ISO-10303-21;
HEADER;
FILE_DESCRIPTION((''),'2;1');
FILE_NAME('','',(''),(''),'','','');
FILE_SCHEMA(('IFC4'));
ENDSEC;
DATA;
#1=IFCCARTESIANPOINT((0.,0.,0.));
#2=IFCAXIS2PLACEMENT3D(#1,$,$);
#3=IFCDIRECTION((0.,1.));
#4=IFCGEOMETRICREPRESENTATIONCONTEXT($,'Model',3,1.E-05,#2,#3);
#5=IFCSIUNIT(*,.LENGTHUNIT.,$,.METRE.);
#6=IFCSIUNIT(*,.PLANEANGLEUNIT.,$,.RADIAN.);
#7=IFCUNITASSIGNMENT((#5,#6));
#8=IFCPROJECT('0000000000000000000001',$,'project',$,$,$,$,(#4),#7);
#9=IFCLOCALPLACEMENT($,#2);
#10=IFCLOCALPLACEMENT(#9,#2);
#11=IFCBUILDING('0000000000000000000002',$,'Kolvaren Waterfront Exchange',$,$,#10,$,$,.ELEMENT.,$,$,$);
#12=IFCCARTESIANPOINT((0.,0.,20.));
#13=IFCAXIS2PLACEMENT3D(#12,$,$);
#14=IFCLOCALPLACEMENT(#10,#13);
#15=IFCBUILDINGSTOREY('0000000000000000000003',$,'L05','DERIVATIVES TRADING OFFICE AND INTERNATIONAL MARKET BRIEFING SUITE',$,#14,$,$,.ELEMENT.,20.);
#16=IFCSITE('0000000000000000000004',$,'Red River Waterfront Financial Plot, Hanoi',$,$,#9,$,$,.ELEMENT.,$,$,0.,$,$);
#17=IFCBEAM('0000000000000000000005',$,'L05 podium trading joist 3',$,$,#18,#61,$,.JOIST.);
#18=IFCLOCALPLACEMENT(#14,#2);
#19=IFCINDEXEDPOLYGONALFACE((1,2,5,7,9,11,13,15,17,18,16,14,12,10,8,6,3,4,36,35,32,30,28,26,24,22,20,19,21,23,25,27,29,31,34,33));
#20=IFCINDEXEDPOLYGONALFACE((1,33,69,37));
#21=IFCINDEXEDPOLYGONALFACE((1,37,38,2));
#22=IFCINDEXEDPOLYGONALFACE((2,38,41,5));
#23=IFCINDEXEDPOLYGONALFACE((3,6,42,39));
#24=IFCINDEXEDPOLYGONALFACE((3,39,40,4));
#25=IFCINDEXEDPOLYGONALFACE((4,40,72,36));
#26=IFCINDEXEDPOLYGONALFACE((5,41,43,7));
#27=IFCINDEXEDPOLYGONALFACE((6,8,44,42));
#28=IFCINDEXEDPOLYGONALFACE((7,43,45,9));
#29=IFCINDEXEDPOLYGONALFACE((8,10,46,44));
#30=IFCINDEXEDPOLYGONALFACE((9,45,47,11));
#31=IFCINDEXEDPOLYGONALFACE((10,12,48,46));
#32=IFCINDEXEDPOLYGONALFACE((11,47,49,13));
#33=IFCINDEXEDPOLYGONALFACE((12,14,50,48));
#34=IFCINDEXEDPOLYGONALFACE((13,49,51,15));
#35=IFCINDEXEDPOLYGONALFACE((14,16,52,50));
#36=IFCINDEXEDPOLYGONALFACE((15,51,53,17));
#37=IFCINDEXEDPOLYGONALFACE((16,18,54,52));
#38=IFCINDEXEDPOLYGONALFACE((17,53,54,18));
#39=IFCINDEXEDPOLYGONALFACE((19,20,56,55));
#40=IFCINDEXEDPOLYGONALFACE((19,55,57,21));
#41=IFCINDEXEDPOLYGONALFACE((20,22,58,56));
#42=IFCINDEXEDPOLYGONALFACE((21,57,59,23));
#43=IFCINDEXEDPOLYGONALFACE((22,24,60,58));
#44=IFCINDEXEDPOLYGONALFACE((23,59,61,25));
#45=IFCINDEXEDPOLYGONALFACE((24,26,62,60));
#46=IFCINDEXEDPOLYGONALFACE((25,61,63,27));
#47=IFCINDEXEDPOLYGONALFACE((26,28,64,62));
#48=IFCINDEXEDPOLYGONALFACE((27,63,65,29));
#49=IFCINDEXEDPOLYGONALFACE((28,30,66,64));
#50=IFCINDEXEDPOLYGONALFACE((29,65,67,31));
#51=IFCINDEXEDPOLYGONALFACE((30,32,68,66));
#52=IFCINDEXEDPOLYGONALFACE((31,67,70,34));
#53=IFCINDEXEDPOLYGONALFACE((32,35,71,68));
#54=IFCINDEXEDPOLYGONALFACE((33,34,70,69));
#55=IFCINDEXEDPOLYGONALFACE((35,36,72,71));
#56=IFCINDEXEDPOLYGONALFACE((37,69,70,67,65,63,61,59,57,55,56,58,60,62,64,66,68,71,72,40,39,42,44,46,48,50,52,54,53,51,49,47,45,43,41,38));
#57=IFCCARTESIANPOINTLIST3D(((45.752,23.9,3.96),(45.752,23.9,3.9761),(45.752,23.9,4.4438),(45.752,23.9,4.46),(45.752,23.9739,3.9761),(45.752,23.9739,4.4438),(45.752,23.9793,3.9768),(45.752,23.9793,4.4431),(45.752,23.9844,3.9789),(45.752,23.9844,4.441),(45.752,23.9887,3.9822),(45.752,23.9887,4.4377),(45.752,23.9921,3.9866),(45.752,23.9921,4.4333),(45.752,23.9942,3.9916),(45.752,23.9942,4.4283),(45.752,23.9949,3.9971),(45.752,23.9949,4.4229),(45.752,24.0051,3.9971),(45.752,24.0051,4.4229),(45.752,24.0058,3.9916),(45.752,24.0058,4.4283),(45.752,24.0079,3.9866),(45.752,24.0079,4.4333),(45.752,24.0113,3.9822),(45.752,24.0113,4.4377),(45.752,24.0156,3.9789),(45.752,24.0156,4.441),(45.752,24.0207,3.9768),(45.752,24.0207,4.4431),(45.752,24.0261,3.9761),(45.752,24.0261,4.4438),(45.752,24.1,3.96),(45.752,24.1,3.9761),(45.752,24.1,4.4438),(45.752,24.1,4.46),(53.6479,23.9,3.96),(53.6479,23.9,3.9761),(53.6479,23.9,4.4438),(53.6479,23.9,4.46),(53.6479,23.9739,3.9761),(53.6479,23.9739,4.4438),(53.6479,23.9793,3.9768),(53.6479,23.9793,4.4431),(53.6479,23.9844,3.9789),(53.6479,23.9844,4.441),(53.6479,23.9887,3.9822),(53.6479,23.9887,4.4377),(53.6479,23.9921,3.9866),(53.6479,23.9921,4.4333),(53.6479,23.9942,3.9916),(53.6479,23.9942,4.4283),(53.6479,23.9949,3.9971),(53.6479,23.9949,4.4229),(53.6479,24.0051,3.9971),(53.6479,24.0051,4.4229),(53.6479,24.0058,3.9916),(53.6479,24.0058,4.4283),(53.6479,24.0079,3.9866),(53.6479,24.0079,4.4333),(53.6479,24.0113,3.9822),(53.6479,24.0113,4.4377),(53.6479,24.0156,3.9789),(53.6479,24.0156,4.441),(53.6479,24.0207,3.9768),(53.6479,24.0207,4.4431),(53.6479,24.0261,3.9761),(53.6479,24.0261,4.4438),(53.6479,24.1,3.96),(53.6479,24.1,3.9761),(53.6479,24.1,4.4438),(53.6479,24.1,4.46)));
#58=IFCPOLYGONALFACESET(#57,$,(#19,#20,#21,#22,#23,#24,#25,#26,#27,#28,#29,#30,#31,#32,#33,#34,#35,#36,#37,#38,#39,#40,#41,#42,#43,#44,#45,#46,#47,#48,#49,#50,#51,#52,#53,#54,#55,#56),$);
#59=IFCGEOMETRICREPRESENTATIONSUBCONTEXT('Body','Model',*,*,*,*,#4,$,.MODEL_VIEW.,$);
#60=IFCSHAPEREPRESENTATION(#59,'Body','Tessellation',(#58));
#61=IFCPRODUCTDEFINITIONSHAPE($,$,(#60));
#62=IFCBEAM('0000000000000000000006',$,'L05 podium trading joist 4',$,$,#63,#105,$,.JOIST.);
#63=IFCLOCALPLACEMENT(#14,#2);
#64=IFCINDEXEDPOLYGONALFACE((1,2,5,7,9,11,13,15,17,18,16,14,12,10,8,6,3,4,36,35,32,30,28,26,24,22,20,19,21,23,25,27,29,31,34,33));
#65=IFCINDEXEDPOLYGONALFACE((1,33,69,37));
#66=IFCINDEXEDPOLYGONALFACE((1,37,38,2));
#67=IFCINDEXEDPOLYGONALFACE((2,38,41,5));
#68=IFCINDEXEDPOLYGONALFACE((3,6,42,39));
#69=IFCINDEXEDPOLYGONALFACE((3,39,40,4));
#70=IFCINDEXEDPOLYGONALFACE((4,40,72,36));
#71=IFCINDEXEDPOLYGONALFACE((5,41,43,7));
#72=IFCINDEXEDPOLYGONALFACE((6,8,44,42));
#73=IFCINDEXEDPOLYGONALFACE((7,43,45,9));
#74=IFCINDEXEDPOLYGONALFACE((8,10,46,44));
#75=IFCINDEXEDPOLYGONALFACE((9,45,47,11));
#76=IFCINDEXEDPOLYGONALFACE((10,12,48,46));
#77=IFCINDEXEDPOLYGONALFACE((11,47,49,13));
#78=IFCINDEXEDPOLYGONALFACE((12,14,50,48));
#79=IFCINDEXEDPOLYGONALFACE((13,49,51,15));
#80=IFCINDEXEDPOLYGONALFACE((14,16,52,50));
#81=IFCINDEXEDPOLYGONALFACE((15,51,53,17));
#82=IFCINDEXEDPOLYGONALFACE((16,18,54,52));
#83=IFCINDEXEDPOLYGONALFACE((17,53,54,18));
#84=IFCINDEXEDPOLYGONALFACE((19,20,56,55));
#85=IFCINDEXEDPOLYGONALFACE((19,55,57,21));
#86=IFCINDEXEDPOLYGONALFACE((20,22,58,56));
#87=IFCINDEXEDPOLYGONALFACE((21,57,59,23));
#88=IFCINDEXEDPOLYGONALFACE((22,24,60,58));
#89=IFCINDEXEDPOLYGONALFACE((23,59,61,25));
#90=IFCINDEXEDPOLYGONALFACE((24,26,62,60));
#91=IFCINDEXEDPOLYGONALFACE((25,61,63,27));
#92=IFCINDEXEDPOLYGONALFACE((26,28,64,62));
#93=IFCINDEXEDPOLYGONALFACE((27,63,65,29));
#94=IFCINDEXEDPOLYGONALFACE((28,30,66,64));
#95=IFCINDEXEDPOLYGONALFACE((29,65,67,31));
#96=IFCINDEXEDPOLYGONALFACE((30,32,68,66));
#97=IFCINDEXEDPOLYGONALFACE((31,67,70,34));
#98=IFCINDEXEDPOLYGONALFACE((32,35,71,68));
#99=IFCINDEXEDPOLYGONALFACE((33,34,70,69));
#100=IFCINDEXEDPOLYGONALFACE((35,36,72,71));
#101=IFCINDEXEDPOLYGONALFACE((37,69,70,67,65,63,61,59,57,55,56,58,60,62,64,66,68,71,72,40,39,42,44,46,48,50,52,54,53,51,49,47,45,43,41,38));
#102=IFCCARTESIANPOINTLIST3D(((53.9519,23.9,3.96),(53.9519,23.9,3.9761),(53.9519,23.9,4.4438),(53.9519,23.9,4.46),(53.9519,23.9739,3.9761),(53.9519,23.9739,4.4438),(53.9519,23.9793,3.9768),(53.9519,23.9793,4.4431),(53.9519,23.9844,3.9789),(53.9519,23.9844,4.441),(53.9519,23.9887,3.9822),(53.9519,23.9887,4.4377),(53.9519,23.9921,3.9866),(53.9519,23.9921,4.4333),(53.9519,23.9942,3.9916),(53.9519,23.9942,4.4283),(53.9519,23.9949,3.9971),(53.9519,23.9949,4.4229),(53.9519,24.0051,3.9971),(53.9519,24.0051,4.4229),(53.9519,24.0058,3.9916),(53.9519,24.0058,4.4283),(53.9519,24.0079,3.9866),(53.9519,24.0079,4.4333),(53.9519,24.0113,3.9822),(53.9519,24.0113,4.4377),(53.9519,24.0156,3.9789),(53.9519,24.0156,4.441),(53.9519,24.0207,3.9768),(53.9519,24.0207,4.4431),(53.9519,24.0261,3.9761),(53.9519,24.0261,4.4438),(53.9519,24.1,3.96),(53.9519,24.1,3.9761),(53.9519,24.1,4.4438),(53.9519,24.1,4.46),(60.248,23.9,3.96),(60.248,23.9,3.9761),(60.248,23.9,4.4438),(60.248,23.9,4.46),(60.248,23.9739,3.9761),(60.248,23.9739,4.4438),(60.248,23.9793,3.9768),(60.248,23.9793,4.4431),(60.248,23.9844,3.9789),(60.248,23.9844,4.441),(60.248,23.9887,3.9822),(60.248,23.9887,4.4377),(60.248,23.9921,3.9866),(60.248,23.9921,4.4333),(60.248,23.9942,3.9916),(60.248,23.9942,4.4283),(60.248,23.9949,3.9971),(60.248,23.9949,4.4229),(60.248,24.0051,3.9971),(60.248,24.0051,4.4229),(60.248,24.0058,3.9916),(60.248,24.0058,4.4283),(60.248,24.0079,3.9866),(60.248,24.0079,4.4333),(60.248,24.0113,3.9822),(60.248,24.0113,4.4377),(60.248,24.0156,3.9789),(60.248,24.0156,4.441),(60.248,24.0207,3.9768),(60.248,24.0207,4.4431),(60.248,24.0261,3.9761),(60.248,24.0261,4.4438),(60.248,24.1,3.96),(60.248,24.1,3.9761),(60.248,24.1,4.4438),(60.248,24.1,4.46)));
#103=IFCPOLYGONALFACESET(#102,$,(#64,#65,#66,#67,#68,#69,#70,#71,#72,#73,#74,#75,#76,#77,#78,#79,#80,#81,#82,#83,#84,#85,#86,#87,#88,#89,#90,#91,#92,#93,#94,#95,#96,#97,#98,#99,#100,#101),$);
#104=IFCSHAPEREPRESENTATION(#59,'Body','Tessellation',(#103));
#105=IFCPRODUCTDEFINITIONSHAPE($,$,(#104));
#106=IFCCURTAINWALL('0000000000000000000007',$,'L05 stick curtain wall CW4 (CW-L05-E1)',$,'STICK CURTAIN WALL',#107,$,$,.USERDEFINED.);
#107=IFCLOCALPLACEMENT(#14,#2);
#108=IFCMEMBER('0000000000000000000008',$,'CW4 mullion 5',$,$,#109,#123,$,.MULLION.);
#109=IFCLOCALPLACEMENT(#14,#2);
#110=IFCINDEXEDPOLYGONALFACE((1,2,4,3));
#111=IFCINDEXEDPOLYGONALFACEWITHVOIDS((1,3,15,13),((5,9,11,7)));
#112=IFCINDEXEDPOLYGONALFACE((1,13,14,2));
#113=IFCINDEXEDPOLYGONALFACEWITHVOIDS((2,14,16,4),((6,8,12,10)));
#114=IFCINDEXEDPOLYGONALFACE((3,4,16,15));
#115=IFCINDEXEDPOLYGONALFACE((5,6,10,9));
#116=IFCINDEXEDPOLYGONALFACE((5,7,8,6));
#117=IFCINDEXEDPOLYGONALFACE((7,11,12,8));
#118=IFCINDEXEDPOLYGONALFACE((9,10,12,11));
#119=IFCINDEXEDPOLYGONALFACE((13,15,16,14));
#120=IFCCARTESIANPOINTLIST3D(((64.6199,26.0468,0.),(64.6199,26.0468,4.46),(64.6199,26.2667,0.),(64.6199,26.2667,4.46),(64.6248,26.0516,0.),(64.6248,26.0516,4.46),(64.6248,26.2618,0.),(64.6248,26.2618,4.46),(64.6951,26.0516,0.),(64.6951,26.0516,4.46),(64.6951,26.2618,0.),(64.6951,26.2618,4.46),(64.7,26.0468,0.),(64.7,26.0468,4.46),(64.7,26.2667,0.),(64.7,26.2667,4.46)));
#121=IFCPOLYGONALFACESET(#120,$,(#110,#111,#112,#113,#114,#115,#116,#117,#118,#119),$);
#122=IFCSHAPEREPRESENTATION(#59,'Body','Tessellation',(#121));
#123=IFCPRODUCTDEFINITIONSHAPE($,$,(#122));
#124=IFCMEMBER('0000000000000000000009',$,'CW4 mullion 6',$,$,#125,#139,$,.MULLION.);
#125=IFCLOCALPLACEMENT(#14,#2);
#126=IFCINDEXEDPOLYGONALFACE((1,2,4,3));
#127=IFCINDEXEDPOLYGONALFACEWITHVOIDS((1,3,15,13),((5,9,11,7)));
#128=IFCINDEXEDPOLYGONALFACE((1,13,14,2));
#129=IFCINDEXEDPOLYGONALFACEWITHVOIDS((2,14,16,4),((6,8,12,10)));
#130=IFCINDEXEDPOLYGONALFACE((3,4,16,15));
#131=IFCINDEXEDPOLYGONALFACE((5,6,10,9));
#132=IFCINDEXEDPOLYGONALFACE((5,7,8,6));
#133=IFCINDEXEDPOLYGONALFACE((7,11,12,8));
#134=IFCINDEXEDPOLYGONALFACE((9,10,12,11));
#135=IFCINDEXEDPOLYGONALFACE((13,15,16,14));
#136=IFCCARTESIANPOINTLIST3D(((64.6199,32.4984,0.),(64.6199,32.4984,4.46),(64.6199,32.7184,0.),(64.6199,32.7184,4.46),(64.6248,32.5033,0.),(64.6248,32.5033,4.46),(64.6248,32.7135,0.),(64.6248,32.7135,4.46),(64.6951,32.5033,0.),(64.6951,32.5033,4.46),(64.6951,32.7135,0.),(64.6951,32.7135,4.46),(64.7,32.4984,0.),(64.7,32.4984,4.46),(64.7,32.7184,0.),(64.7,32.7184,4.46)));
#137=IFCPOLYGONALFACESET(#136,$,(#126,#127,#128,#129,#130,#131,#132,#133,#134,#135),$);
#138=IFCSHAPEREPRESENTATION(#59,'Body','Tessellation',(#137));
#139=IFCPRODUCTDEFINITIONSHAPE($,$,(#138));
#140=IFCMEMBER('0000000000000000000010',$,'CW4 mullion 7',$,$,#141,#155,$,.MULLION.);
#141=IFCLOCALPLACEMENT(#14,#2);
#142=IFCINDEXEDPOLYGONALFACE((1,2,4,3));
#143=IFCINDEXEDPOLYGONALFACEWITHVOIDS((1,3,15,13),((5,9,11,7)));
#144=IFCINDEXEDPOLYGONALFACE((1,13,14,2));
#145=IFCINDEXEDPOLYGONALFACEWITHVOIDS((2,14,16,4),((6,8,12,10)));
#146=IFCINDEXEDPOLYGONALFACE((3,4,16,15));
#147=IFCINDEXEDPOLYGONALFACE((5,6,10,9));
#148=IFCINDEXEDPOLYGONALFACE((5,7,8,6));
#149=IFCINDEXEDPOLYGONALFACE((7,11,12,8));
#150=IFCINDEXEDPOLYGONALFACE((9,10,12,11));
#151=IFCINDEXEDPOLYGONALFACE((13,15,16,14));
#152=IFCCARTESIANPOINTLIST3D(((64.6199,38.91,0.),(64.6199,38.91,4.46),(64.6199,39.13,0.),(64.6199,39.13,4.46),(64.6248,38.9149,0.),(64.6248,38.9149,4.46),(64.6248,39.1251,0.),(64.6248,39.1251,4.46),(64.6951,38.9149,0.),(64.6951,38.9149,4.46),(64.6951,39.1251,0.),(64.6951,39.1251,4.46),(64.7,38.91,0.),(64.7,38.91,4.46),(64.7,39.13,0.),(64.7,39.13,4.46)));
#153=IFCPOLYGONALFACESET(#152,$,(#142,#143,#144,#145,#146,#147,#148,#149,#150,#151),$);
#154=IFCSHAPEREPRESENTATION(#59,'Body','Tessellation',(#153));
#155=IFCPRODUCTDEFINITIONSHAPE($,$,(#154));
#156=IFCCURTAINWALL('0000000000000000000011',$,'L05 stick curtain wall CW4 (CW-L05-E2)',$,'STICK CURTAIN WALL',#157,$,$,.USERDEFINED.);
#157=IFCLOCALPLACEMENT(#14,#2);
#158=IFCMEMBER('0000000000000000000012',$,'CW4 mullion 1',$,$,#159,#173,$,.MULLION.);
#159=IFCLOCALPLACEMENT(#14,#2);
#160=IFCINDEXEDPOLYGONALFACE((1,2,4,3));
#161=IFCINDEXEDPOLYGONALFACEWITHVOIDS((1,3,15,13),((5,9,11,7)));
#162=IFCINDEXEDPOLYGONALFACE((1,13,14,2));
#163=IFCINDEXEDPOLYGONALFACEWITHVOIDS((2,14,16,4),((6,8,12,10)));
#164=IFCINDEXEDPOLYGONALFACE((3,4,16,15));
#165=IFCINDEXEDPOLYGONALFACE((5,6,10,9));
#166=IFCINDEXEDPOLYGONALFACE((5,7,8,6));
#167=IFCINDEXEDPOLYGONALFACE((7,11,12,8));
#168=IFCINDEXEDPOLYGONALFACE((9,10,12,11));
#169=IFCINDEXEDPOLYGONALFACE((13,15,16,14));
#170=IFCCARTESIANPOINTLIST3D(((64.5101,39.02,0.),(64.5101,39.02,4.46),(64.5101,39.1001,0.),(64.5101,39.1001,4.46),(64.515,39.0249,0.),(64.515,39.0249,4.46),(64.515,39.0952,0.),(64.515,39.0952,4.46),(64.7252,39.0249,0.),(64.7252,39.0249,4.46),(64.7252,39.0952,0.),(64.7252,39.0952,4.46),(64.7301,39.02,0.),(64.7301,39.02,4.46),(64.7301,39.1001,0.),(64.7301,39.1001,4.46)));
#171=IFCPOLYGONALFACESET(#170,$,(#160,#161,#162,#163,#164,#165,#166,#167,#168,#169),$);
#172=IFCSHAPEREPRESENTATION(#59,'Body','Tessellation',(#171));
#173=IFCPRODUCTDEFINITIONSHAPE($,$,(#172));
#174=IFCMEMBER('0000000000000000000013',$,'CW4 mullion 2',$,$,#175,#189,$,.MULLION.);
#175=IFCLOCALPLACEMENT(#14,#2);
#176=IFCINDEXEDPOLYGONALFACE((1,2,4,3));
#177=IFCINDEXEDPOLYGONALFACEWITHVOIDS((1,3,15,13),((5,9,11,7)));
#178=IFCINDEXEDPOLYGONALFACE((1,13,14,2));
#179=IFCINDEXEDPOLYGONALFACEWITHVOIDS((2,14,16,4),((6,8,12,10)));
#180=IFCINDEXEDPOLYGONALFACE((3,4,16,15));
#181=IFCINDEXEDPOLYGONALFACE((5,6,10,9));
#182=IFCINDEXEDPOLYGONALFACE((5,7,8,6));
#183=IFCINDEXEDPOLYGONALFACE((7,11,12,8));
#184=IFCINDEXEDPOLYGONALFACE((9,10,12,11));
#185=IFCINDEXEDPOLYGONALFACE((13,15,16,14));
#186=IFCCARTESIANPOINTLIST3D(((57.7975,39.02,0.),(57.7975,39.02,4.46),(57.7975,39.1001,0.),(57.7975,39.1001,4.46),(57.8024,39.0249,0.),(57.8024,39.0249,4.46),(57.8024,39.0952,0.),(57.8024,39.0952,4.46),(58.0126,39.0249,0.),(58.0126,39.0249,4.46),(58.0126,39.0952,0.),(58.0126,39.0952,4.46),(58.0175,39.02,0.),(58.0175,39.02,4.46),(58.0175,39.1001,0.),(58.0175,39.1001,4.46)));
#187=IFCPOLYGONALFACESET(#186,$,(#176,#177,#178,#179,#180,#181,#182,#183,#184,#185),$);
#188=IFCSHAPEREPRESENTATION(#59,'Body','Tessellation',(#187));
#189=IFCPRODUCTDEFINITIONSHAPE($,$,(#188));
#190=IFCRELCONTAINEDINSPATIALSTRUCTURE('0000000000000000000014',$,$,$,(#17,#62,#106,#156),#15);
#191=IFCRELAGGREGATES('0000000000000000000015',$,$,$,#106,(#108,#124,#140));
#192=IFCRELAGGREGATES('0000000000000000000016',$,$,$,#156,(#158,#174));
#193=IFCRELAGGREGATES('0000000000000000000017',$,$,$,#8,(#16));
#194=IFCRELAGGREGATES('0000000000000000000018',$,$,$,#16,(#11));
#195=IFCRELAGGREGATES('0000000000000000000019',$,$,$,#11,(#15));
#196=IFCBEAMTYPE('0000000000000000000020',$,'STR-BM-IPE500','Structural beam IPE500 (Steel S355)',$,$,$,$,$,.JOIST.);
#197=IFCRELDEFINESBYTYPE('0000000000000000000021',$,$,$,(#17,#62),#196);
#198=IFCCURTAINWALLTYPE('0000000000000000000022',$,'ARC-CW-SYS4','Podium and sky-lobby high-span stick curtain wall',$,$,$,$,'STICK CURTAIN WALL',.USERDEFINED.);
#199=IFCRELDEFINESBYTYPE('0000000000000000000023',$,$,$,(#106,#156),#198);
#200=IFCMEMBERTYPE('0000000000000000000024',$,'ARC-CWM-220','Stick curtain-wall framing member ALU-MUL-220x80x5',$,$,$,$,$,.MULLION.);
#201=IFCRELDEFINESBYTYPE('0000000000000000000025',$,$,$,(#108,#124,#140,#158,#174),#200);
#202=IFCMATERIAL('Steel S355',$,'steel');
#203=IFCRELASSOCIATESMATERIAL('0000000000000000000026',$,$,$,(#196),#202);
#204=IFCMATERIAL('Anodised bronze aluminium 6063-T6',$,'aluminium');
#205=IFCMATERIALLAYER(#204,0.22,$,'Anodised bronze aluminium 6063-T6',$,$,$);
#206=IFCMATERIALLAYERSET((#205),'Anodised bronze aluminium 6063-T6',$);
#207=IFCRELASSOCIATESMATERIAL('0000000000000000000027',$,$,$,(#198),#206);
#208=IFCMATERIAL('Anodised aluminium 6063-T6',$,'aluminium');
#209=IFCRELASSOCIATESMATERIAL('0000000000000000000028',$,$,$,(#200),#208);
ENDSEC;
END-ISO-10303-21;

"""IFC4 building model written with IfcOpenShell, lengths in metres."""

from ifc_helpers import new_model, si_unit, direction, frame, origin, origin_with_axes, origin_2d, place, context, subcontext, project, spatial, hollow_rectangle, i_section, extrude, source, transform, mapped, material, layer, layer_set, material_profile, profile_set, type_object, element, aggregate, save


model = new_model("IFC4")

# Units and contexts
model_context = context("Model", 3, precision=1e-05, world=origin(), true_north=direction((0.0, 1.0)))
body_context = subcontext(model_context, "Body", "Model", "MODEL_VIEW")
ifc_project = project(units=[si_unit("LENGTHUNIT", "METRE"), si_unit("PLANEANGLEUNIT", "RADIAN")], contexts=[model_context])

# Site, building, storey
site_placement = place(None, origin())
site = spatial("IfcSite", under=ifc_project, at=site_placement, Name="Red River Waterfront Financial Plot, Hanoi", CompositionType="ELEMENT", RefElevation=0.0)
building_placement = place(site_placement, origin())
building = spatial("IfcBuilding", under=site, at=building_placement, Name="Kolvaren Waterfront Exchange", CompositionType="ELEMENT")
storey_placement = place(building_placement, frame((0.0, 0.0, 20.0)))
storey = spatial("IfcBuildingStorey", under=building, at=storey_placement, Name="L05", Description="DERIVATIVES TRADING OFFICE AND INTERNATIONAL MARKET BRIEFING SUITE", CompositionType="ELEMENT", Elevation=20.0)

# Beams
ifc_material_1 = material(Name="Steel S355", Category="steel")
ifc_material_profile_1 = material_profile(ifc_material_1, i_section(OverallWidth=0.2, OverallDepth=0.5, WebThickness=0.0103, FlangeThickness=0.0161, FilletRadius=0.021, at=origin_2d()), Name="IPE500")
ifc_profile_set_1 = profile_set([ifc_material_profile_1], Name="Steel S355")
beam_type_1 = type_object("IfcBeamType", Name="STR-BM-IPE500", Description="Structural beam IPE500 (Steel S355)", PredefinedType="JOIST", material=ifc_profile_set_1)
beam_1_placement = place(storey_placement, frame((45.752, 24.0, 4.21), z_axis=(1.0, 0.0, 0.0), x_axis=(0.0, 1.0, 0.0)))
element("IfcBeam", 1, at=beam_1_placement, inside=storey, type_object=beam_type_1, Name="L05 podium trading joist 3", PredefinedType="JOIST", context=body_context, shape_type="SweptSolid", body=[
    extrude(i_section(OverallWidth=0.2, OverallDepth=0.5, WebThickness=0.0103, FlangeThickness=0.0161, FilletRadius=0.021, at=origin_2d()), origin(), (0.0, 0.0, 1.0), 7.896),
])
beam_2_placement = place(storey_placement, frame((53.9519, 24.0, 4.21), z_axis=(1.0, 0.0, 0.0), x_axis=(0.0, 1.0, 0.0)))
element("IfcBeam", 2, at=beam_2_placement, inside=storey, type_object=beam_type_1, Name="L05 podium trading joist 4", PredefinedType="JOIST", context=body_context, shape_type="SweptSolid", body=[
    extrude(i_section(OverallWidth=0.2, OverallDepth=0.5, WebThickness=0.0103, FlangeThickness=0.0161, FilletRadius=0.021, at=origin_2d()), origin(), (0.0, 0.0, 1.0), 6.2961),
])

# Curtain walls, members
ifc_material_2 = material(Name="Anodised bronze aluminium 6063-T6", Category="aluminium")
ifc_layer_1 = layer(ifc_material_2, 0.22, Name="Anodised bronze aluminium 6063-T6")
ifc_layer_set_1 = layer_set([ifc_layer_1], Name="Anodised bronze aluminium 6063-T6")
curtain_wall_type = type_object("IfcCurtainWallType", Name="ARC-CW-SYS4", Description="Podium and sky-lobby high-span stick curtain wall", ElementType="STICK CURTAIN WALL", PredefinedType="USERDEFINED", material=ifc_layer_set_1)
curtain_wall_1_placement = place(storey_placement, origin())
curtain_wall_1 = element("IfcCurtainWall", 3, at=curtain_wall_1_placement, inside=storey, type_object=curtain_wall_type, Name="L05 stick curtain wall CW4 (CW-L05-E1)", ObjectType="STICK CURTAIN WALL", PredefinedType="USERDEFINED")
ifc_material_3 = material(Name="Anodised aluminium 6063-T6", Category="aluminium")
ifc_material_profile_2 = material_profile(ifc_material_3, hollow_rectangle(XDim=0.0801, YDim=0.22, WallThickness=0.0049, at=origin_2d()), Name="ALU-MUL-220x80x5")
ifc_profile_set_2 = profile_set([ifc_material_profile_2], Name="Anodised aluminium 6063-T6")
member_type_1 = type_object("IfcMemberType", Name="ARC-CWM-220", Description="Stick curtain-wall framing member ALU-MUL-220x80x5", PredefinedType="MULLION", material=ifc_profile_set_2)
shared_shape_1 = source(origin_with_axes(), body_context, "Body", "SweptSolid", [
    extrude(hollow_rectangle(XDim=0.0801, YDim=0.22, WallThickness=0.0049, at=origin_2d()), origin(), (0.0, 0.0, 1.0), 4.46),
])
member_1_placement = place(storey_placement, frame((64.6599, 26.1567, 0.0), z_axis=(0.0, 0.0, 1.0), x_axis=(-1.0, 0.0, 0.0)))
member_1 = element("IfcMember", 4, at=member_1_placement, type_object=member_type_1, Name="CW4 mullion 5", PredefinedType="MULLION", context=body_context, shape_type="MappedRepresentation", body=[
    mapped(shared_shape_1, transform((0.0, 0.0, 0.0), x_axis=(1.0, 0.0, 0.0), y_axis=(0.0, 1.0, 0.0), z_axis=(0.0, 0.0, 1.0), scale=1.0)),
])
member_2_placement = place(storey_placement, frame((64.6599, 32.6084, 0.0), z_axis=(0.0, 0.0, 1.0), x_axis=(-1.0, 0.0, 0.0)))
member_2 = element("IfcMember", 5, at=member_2_placement, type_object=member_type_1, Name="CW4 mullion 6", PredefinedType="MULLION", context=body_context, shape_type="MappedRepresentation", body=[
    mapped(shared_shape_1, transform((0.0, 0.0, 0.0), x_axis=(1.0, 0.0, 0.0), y_axis=(0.0, 1.0, 0.0), z_axis=(0.0, 0.0, 1.0), scale=1.0)),
])
member_3_placement = place(storey_placement, frame((64.6599, 39.02, 0.0), z_axis=(0.0, 0.0, 1.0), x_axis=(-1.0, 0.0, 0.0)))
member_3 = element("IfcMember", 6, at=member_3_placement, type_object=member_type_1, Name="CW4 mullion 7", PredefinedType="MULLION", context=body_context, shape_type="MappedRepresentation", body=[
    mapped(shared_shape_1, transform((0.0, 0.0, 0.0), x_axis=(1.0, 0.0, 0.0), y_axis=(0.0, 1.0, 0.0), z_axis=(0.0, 0.0, 1.0), scale=1.0)),
])
curtain_wall_2_placement = place(storey_placement, origin())
curtain_wall_2 = element("IfcCurtainWall", 7, at=curtain_wall_2_placement, inside=storey, type_object=curtain_wall_type, Name="L05 stick curtain wall CW4 (CW-L05-E2)", ObjectType="STICK CURTAIN WALL", PredefinedType="USERDEFINED")
member_4_placement = place(storey_placement, frame((64.6201, 39.0601, 0.0), z_axis=(0.0, 0.0, 1.0), x_axis=(0.0, -1.0, 0.0)))
member_4 = element("IfcMember", 8, at=member_4_placement, type_object=member_type_1, Name="CW4 mullion 1", PredefinedType="MULLION", context=body_context, shape_type="MappedRepresentation", body=[
    mapped(shared_shape_1, transform((0.0, 0.0, 0.0), x_axis=(1.0, 0.0, 0.0), y_axis=(0.0, 1.0, 0.0), z_axis=(0.0, 0.0, 1.0), scale=1.0)),
])
member_5_placement = place(storey_placement, frame((57.9075, 39.0601, 0.0), z_axis=(0.0, 0.0, 1.0), x_axis=(0.0, -1.0, 0.0)))
member_5 = element("IfcMember", 9, at=member_5_placement, type_object=member_type_1, Name="CW4 mullion 2", PredefinedType="MULLION", context=body_context, shape_type="MappedRepresentation", body=[
    mapped(shared_shape_1, transform((0.0, 0.0, 0.0), x_axis=(1.0, 0.0, 0.0), y_axis=(0.0, 1.0, 0.0), z_axis=(0.0, 0.0, 1.0), scale=1.0)),
])

aggregate(curtain_wall_1, [member_1, member_2, member_3])
aggregate(curtain_wall_2, [member_4, member_5])

save(model, "model.ifc")
